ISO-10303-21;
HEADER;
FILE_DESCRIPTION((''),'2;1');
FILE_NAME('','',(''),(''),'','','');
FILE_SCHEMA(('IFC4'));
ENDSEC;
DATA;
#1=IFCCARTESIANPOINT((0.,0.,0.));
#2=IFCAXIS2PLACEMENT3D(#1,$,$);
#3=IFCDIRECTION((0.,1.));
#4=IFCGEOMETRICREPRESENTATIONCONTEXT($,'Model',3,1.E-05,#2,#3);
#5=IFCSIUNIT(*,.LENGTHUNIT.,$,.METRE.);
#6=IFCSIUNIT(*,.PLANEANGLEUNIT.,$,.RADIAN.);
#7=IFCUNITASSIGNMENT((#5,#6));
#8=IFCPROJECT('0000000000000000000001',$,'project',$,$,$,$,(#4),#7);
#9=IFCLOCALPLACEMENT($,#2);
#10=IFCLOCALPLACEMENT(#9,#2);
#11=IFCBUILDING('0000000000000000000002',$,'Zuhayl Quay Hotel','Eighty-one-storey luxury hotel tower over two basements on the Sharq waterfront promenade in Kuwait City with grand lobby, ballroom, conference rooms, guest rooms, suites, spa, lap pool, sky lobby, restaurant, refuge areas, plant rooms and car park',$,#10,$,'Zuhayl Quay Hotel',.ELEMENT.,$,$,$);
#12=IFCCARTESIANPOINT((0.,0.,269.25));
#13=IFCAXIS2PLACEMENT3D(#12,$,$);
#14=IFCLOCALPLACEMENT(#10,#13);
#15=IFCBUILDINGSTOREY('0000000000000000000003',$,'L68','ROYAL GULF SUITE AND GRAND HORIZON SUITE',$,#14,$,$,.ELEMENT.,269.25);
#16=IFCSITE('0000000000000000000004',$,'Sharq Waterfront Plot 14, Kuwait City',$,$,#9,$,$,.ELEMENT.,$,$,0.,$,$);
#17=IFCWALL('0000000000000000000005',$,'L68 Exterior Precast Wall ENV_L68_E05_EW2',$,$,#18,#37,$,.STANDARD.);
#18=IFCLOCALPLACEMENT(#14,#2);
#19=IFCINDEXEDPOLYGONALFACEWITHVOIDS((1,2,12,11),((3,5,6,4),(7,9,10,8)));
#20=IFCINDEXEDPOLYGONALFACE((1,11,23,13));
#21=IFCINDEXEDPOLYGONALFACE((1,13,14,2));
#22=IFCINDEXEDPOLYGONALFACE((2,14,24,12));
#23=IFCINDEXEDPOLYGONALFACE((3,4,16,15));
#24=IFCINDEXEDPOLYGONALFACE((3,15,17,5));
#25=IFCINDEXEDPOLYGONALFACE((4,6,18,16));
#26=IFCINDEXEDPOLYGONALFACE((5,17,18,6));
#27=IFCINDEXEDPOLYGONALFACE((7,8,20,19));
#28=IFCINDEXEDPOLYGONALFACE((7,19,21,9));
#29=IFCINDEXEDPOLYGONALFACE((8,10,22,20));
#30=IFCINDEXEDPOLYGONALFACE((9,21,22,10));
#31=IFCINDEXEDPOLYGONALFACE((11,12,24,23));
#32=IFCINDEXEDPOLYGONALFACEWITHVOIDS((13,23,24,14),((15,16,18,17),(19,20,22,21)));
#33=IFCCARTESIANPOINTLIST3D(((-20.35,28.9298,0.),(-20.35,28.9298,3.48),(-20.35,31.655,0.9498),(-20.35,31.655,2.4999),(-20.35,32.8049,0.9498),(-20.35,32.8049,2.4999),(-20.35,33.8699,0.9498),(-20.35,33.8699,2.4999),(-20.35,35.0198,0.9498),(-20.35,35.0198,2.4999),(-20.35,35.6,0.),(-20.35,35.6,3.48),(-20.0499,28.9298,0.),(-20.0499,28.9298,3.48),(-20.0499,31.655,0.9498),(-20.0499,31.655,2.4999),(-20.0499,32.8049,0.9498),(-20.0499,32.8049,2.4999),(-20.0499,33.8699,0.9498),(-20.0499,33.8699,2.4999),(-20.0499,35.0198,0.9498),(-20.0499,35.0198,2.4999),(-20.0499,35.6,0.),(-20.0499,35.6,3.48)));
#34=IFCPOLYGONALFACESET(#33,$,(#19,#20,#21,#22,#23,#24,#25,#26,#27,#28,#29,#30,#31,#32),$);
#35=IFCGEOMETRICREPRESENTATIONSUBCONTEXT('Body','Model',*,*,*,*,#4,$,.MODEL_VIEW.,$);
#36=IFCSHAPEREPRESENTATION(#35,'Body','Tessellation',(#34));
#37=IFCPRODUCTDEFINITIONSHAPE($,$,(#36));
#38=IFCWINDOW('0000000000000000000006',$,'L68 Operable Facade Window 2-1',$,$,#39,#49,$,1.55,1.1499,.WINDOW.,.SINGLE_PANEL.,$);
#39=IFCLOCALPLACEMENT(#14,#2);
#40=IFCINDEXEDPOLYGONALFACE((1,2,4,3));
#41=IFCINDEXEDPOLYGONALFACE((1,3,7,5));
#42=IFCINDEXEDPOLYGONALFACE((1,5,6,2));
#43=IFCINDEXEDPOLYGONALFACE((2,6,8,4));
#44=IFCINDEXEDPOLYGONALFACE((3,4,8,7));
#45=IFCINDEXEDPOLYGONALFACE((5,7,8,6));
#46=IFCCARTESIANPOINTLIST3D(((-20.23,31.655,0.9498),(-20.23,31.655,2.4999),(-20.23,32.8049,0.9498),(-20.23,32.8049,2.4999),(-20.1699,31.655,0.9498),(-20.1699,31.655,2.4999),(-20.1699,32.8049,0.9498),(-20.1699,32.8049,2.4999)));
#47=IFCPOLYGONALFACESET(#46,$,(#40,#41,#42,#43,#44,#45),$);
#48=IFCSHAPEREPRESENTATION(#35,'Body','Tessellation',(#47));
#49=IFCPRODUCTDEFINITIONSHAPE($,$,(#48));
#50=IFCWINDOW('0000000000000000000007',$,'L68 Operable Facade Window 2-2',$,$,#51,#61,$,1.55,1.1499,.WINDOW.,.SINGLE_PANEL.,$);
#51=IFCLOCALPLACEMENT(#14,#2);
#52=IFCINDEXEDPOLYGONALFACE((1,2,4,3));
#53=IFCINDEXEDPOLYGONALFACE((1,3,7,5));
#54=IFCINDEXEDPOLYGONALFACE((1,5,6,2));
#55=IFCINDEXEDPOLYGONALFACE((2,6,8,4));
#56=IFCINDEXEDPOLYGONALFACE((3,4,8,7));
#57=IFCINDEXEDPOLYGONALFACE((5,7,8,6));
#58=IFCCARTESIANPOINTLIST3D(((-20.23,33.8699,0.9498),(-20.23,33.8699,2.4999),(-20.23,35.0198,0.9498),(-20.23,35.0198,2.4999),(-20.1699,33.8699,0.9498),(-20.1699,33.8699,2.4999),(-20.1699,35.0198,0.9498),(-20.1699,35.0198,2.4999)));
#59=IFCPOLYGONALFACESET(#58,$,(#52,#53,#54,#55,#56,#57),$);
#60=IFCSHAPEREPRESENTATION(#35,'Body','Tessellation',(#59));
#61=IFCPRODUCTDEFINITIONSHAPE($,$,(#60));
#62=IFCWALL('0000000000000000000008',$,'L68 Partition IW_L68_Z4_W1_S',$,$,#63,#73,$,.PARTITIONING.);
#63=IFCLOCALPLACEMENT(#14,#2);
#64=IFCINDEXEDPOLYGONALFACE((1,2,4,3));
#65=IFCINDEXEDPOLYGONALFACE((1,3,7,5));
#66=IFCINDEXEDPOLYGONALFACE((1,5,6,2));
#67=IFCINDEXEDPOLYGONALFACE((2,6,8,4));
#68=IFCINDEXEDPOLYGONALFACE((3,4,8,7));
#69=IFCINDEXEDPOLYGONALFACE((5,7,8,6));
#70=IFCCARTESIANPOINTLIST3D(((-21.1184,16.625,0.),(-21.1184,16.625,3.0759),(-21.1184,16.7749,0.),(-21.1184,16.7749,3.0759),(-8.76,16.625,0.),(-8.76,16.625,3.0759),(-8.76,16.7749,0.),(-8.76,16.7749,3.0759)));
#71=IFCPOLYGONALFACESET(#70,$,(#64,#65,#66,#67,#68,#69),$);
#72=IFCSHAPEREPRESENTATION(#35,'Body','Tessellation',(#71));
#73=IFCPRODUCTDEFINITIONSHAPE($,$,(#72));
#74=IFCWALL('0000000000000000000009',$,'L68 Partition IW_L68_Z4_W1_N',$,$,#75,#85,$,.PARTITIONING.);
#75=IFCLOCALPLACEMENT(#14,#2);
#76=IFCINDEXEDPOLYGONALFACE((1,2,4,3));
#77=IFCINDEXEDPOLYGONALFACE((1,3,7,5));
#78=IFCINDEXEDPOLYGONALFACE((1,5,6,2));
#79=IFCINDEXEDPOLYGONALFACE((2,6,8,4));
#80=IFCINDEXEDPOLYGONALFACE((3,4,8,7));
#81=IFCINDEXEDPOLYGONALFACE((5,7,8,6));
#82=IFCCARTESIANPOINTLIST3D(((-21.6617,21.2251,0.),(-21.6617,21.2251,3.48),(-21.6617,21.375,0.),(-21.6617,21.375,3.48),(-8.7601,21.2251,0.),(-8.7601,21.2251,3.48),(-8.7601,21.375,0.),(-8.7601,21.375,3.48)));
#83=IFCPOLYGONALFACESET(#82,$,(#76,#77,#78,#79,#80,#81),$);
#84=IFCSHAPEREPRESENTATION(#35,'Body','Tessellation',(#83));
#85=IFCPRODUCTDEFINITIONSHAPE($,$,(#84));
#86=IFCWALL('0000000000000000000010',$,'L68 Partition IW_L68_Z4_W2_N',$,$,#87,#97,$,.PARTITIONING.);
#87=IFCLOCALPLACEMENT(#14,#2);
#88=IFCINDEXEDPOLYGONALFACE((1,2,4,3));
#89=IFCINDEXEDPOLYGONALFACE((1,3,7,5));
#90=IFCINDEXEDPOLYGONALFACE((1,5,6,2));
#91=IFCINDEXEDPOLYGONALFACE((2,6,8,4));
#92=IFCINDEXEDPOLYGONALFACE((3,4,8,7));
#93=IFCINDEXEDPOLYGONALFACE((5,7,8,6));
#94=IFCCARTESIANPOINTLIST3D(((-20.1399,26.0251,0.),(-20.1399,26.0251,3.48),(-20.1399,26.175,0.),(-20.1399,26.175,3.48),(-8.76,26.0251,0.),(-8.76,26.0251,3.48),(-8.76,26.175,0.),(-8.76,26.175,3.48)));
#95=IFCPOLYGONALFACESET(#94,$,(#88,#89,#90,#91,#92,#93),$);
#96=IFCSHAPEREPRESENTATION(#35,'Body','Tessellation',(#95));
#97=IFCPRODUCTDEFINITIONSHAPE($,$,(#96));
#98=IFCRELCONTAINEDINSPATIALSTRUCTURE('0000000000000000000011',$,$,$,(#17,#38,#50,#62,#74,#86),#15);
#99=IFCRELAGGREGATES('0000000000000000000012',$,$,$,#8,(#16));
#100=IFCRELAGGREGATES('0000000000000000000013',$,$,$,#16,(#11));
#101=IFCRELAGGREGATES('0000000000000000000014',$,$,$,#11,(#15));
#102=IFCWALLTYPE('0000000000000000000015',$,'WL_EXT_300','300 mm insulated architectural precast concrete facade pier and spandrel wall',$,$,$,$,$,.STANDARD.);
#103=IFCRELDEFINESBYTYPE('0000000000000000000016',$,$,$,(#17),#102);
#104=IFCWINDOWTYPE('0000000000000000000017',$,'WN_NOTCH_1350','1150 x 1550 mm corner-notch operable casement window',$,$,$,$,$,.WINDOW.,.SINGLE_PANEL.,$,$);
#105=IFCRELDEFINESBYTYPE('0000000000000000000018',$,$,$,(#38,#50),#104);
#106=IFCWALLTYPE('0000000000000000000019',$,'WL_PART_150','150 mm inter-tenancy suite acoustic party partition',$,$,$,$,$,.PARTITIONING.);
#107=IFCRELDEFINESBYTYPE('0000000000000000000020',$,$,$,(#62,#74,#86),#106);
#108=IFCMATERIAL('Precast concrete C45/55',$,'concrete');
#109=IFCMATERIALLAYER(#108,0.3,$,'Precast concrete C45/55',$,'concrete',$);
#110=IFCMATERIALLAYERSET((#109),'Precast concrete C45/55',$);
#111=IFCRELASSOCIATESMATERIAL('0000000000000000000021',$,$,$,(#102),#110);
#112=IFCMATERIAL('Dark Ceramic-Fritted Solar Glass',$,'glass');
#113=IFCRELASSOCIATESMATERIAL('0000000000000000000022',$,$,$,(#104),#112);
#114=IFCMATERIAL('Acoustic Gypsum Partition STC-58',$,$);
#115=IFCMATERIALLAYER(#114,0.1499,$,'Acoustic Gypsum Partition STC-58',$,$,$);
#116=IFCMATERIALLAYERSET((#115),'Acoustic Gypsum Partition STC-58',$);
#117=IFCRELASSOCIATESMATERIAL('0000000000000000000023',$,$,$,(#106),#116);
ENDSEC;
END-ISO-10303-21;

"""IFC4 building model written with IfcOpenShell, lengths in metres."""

from ifc_helpers import new_model, si_unit, direction, frame, frame_2d, origin, place, context, subcontext, project, spatial, rectangle, extrude, material, layer, layer_set, type_object, element, fill, save


model = new_model("IFC4")

# Units and contexts
model_context = context("Model", 3, precision=1e-05, world=origin(), true_north=direction((0.0, 1.0)))
body_context = subcontext(model_context, "Body", "Model", "MODEL_VIEW")
ifc_project = project(units=[si_unit("LENGTHUNIT", "METRE"), si_unit("PLANEANGLEUNIT", "RADIAN")], contexts=[model_context])

# Site, building, storey
site_placement = place(None, origin())
site = spatial("IfcSite", under=ifc_project, at=site_placement, Name="Sharq Waterfront Plot 14, Kuwait City", CompositionType="ELEMENT", RefElevation=0.0)
building_placement = place(site_placement, origin())
building = spatial("IfcBuilding", under=site, at=building_placement, Name="Zuhayl Quay Hotel", Description="Eighty-one-storey luxury hotel tower over two basements on the Sharq waterfront promenade in Kuwait City with grand lobby, ballroom, conference rooms, guest rooms, suites, spa, lap pool, sky lobby, restaurant, refuge areas, plant rooms and car park", LongName="Zuhayl Quay Hotel", CompositionType="ELEMENT")
storey_placement = place(building_placement, frame((0.0, 0.0, 269.25)))
storey = spatial("IfcBuildingStorey", under=building, at=storey_placement, Name="L68", Description="ROYAL GULF SUITE AND GRAND HORIZON SUITE", CompositionType="ELEMENT", Elevation=269.25)

# Shared definitions
ifc_material_1 = material(Name="Dark Ceramic-Fritted Solar Glass", Category="glass")

# Shared definitions
ifc_material_2 = material(Name="Precast concrete C45/55", Category="concrete")
ifc_layer_1 = layer(ifc_material_2, 0.3, Name="Precast concrete C45/55", Category="concrete")
ifc_layer_set_1 = layer_set([ifc_layer_1], Name="Precast concrete C45/55")
wall_type_1 = type_object("IfcWallType", Name="WL_EXT_300", Description="300 mm insulated architectural precast concrete facade pier and spandrel wall", PredefinedType="STANDARD", material=ifc_layer_set_1)
window_type = type_object("IfcWindowType", Name="WN_NOTCH_1350", Description="1150 x 1550 mm corner-notch operable casement window", PartitioningType="SINGLE_PANEL", PredefinedType="WINDOW", material=ifc_material_1)

# Wall, openings, windows
wall_1_placement = place(storey_placement, frame((-20.2, 28.9299, 0.0), z_axis=(0.0, 0.0, 1.0), x_axis=(0.0, 1.0, 0.0)))
wall_1 = element("IfcWall", 1, at=wall_1_placement, inside=storey, type_object=wall_type_1, Name="L68 Exterior Precast Wall ENV_L68_E05_EW2", PredefinedType="STANDARD", context=body_context, shape_type="SweptSolid", body=[
    extrude(rectangle(XDim=6.6702, YDim=0.3, at=frame_2d((3.335, 0.0))), origin(), (0.0, 0.0, 1.0), 3.48),
])
opening_1_placement = place(wall_1_placement, frame((2.7251, 0.0, 0.95)))
opening_1 = element("IfcOpeningElement", 2, at=opening_1_placement, cuts=wall_1, PredefinedType="OPENING", context=body_context, shape_type="SweptSolid", body=[
    extrude(rectangle(XDim=1.1499, YDim=1.55, at=frame_2d((0.575, 0.7749))), frame((0.0, 0.1599, 0.0), z_axis=(0.0, -1.0, 0.0), x_axis=(1.0, 0.0, 0.0)), (0.0, 0.0, 1.0), 0.3201),
])
opening_2_placement = place(wall_1_placement, frame((4.9399, 0.0, 0.95)))
opening_2 = element("IfcOpeningElement", 3, at=opening_2_placement, cuts=wall_1, PredefinedType="OPENING", context=body_context, shape_type="SweptSolid", body=[
    extrude(rectangle(XDim=1.1499, YDim=1.55, at=frame_2d((0.575, 0.7749))), frame((0.0, 0.1599, 0.0), z_axis=(0.0, -1.0, 0.0), x_axis=(1.0, 0.0, 0.0)), (0.0, 0.0, 1.0), 0.3201),
])
window_1_placement = place(opening_1_placement, origin())
window_1 = element("IfcWindow", 4, at=window_1_placement, inside=storey, type_object=window_type, Name="L68 Operable Facade Window 2-1", OverallHeight=1.55, OverallWidth=1.1499, PartitioningType="SINGLE_PANEL", PredefinedType="WINDOW", context=body_context, shape_type="SweptSolid", body=[
    extrude(rectangle(XDim=1.1499, YDim=1.55, at=frame_2d((0.575, 0.7749))), frame((0.0, 0.03, 0.0), z_axis=(0.0, -1.0, 0.0), x_axis=(1.0, 0.0, 0.0)), (0.0, 0.0, 1.0), 0.0601),
])
fill(opening_1, window_1)
window_2_placement = place(opening_2_placement, origin())
window_2 = element("IfcWindow", 5, at=window_2_placement, inside=storey, type_object=window_type, Name="L68 Operable Facade Window 2-2", OverallHeight=1.55, OverallWidth=1.1499, PartitioningType="SINGLE_PANEL", PredefinedType="WINDOW", context=body_context, shape_type="SweptSolid", body=[
    extrude(rectangle(XDim=1.1499, YDim=1.55, at=frame_2d((0.575, 0.7749))), frame((0.0, 0.03, 0.0), z_axis=(0.0, -1.0, 0.0), x_axis=(1.0, 0.0, 0.0)), (0.0, 0.0, 1.0), 0.0601),
])
fill(opening_2, window_2)

# Walls
ifc_material_3 = material(Name="Acoustic Gypsum Partition STC-58")
ifc_layer_2 = layer(ifc_material_3, 0.1499, Name="Acoustic Gypsum Partition STC-58")
ifc_layer_set_2 = layer_set([ifc_layer_2], Name="Acoustic Gypsum Partition STC-58")
wall_type_2 = type_object("IfcWallType", Name="WL_PART_150", Description="150 mm inter-tenancy suite acoustic party partition", PredefinedType="PARTITIONING", material=ifc_layer_set_2)
wall_2_placement = place(storey_placement, frame((-21.1184, 16.7, 0.0), z_axis=(0.0, 0.0, 1.0), x_axis=(1.0, 0.0, 0.0)))
element("IfcWall", 6, at=wall_2_placement, inside=storey, type_object=wall_type_2, Name="L68 Partition IW_L68_Z4_W1_S", PredefinedType="PARTITIONING", context=body_context, shape_type="SweptSolid", body=[
    extrude(rectangle(XDim=12.3584, YDim=0.1499, at=frame_2d((6.1792, 0.0))), origin(), (0.0, 0.0, 1.0), 3.0759),
])
wall_3_placement = place(storey_placement, frame((-21.6616, 21.3, 0.0), z_axis=(0.0, 0.0, 1.0), x_axis=(1.0, 0.0, 0.0)))
element("IfcWall", 7, at=wall_3_placement, inside=storey, type_object=wall_type_2, Name="L68 Partition IW_L68_Z4_W1_N", PredefinedType="PARTITIONING", context=body_context, shape_type="SweptSolid", body=[
    extrude(rectangle(XDim=12.9016, YDim=0.1499, at=frame_2d((6.4507, 0.0))), origin(), (0.0, 0.0, 1.0), 3.48),
])
wall_4_placement = place(storey_placement, frame((-20.1399, 26.1001, 0.0), z_axis=(0.0, 0.0, 1.0), x_axis=(1.0, 0.0, 0.0)))
element("IfcWall", 8, at=wall_4_placement, inside=storey, type_object=wall_type_2, Name="L68 Partition IW_L68_Z4_W2_N", PredefinedType="PARTITIONING", context=body_context, shape_type="SweptSolid", body=[
    extrude(rectangle(XDim=11.3799, YDim=0.1499, at=frame_2d((5.6899, 0.0))), origin(), (0.0, 0.0, 1.0), 3.48),
])

save(model, "model.ifc")
